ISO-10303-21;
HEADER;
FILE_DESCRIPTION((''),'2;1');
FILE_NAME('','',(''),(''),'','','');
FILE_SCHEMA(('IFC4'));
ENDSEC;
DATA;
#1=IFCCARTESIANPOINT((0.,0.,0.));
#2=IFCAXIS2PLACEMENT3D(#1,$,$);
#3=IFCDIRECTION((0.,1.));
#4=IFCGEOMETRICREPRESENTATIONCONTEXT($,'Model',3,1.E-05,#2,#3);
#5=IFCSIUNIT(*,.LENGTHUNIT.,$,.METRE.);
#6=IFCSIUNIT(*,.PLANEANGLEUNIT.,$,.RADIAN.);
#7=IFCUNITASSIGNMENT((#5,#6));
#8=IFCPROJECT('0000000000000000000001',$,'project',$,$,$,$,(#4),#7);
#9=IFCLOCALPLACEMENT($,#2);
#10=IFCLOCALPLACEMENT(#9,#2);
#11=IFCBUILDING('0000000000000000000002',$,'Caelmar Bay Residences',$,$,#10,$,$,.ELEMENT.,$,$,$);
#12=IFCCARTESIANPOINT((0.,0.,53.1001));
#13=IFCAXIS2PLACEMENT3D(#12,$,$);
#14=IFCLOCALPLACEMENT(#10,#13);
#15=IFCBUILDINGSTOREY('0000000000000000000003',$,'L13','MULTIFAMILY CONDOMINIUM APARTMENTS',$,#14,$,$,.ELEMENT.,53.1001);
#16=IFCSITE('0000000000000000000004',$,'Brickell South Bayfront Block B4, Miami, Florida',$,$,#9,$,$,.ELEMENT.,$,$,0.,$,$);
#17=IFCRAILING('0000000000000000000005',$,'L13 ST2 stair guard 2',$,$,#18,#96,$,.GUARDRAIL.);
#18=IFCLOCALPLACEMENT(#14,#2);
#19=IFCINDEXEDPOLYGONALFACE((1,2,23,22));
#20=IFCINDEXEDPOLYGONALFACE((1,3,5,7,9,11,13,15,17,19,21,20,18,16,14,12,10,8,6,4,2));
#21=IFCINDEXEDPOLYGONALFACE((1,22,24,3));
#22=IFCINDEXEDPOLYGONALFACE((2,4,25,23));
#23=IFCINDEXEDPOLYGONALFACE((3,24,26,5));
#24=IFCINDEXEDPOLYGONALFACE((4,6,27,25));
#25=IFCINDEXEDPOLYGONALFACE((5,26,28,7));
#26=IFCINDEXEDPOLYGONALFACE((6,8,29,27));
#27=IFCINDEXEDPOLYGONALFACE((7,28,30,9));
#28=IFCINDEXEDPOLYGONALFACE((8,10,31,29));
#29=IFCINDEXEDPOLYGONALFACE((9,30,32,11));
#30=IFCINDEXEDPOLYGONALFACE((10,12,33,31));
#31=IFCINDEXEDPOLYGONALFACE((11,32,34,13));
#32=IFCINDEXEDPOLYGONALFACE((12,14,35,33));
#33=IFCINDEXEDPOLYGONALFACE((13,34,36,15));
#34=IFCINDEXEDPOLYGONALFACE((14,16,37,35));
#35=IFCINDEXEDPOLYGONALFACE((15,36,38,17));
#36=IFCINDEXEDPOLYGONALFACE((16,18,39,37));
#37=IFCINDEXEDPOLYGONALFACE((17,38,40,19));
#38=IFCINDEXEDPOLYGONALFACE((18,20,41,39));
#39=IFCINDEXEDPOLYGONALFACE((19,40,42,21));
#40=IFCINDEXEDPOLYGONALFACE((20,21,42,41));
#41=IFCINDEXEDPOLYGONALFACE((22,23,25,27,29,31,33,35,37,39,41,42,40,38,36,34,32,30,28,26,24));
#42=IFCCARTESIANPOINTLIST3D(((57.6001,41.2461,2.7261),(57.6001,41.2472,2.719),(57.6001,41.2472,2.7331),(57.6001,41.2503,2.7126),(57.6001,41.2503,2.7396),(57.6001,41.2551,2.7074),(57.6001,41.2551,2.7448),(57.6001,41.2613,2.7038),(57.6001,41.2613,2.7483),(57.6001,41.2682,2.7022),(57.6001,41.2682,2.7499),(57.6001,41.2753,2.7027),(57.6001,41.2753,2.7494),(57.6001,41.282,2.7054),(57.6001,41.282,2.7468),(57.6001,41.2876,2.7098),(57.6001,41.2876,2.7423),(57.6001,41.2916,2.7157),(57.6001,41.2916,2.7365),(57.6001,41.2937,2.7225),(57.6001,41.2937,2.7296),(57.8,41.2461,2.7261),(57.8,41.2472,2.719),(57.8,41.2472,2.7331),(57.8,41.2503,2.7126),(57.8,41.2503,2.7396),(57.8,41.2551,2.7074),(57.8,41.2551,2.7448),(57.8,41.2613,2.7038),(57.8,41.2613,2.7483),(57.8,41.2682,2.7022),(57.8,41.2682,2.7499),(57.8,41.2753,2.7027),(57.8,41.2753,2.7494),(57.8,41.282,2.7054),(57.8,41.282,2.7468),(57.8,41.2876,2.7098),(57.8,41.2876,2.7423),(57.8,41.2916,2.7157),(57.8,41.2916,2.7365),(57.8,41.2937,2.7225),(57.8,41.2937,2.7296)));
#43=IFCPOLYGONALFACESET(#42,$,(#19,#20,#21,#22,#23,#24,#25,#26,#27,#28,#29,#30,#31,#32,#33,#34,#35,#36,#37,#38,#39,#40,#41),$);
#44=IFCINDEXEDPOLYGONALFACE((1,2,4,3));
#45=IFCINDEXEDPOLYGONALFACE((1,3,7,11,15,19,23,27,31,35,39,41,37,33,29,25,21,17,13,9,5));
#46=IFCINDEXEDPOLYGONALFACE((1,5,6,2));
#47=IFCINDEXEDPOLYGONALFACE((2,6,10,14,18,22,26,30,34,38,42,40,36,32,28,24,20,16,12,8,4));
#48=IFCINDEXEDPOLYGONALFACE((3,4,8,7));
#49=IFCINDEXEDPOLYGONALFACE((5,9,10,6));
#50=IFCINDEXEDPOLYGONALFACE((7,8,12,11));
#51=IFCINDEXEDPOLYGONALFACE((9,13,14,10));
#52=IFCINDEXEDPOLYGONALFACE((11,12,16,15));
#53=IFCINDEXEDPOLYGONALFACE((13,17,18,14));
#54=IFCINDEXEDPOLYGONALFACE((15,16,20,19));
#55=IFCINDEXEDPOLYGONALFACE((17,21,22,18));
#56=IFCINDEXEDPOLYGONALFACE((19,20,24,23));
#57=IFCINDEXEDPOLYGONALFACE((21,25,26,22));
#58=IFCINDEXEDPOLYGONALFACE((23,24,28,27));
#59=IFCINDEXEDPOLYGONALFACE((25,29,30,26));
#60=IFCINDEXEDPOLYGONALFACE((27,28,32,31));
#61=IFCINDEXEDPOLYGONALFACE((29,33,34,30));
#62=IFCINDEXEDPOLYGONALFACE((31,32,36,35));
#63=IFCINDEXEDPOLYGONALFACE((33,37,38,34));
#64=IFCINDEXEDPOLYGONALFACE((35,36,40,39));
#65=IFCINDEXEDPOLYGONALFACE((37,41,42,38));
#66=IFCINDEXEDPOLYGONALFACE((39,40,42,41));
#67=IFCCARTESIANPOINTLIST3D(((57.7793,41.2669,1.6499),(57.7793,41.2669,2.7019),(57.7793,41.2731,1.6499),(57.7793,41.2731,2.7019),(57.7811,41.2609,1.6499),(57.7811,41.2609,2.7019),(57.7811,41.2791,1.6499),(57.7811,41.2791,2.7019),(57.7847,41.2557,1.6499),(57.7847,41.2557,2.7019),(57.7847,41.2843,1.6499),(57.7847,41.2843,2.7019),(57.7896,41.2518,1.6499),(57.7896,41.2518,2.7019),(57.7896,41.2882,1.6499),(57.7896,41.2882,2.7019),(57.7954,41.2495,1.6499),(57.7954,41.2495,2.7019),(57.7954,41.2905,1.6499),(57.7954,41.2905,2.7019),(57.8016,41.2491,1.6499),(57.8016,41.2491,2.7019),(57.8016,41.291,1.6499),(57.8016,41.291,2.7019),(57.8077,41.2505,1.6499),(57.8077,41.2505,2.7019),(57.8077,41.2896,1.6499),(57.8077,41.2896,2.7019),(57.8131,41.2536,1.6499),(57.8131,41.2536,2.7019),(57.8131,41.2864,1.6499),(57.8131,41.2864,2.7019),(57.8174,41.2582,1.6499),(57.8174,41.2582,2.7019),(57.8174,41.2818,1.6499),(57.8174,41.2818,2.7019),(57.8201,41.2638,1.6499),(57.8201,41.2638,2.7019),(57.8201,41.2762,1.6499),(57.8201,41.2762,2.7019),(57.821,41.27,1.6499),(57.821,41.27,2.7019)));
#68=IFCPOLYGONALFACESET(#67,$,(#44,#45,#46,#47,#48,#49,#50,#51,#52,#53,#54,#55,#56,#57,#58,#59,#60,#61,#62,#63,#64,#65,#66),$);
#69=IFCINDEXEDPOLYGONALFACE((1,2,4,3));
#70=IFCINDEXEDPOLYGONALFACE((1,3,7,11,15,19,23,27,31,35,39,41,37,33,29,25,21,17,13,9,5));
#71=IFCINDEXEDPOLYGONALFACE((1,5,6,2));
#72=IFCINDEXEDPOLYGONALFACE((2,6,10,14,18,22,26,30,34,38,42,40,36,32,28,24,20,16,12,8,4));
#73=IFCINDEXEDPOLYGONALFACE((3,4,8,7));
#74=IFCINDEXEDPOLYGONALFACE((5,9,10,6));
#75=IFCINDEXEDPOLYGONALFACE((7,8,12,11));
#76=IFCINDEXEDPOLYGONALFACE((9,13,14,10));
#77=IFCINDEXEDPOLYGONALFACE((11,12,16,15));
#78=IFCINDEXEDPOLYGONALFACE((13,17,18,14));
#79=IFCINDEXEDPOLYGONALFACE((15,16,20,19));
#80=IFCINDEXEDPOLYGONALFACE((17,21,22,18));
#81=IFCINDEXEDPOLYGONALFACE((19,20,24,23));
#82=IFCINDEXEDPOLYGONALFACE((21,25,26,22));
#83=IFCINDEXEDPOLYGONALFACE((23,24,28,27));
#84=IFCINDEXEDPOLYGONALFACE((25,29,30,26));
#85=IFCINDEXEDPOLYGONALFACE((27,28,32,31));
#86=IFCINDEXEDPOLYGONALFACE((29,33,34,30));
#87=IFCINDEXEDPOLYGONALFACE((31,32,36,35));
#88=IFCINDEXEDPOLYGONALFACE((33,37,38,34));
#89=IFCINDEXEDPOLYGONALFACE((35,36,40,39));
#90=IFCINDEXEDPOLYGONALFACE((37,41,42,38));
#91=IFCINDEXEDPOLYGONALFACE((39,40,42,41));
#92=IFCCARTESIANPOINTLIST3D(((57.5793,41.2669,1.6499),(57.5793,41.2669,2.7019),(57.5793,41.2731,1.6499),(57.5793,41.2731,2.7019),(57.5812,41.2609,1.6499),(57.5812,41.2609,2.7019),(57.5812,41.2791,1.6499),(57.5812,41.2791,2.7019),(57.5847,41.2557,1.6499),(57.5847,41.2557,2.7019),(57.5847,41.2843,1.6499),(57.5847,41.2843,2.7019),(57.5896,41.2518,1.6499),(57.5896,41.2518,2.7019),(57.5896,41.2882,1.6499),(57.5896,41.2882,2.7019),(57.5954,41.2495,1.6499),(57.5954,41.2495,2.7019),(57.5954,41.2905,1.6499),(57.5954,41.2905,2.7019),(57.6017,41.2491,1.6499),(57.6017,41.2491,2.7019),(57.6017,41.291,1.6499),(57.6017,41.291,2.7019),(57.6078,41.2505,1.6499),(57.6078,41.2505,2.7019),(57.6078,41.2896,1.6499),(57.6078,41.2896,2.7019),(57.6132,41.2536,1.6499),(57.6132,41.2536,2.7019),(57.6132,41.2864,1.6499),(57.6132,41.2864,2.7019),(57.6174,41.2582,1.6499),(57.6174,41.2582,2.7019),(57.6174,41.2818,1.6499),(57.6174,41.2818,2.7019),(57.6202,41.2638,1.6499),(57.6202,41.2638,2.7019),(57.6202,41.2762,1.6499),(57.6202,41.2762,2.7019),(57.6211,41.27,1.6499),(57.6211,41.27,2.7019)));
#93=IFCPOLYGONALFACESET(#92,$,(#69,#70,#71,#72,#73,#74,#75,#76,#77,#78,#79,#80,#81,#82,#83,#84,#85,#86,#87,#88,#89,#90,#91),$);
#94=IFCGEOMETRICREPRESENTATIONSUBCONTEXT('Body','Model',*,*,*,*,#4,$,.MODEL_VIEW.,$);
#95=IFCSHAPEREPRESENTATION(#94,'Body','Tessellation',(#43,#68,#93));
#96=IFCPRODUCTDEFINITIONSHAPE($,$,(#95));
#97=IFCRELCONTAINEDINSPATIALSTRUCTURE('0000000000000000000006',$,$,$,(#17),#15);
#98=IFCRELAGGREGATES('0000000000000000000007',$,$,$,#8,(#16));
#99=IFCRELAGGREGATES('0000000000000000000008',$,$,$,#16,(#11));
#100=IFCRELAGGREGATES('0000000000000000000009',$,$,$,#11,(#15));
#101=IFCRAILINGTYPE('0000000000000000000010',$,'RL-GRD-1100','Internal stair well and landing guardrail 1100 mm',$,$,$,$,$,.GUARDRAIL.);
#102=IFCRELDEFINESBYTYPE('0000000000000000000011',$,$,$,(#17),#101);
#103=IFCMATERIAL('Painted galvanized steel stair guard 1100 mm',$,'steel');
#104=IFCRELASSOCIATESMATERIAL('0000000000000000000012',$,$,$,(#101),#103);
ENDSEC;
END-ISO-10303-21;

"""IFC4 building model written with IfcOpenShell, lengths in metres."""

from ifc_helpers import new_model, si_unit, direction, frame, origin, origin_2d, place, context, subcontext, project, spatial, circle, extrude, material, type_object, element, save


model = new_model("IFC4")

# Units and contexts
model_context = context("Model", 3, precision=1e-05, world=origin(), true_north=direction((0.0, 1.0)))
body_context = subcontext(model_context, "Body", "Model", "MODEL_VIEW")
ifc_project = project(units=[si_unit("LENGTHUNIT", "METRE"), si_unit("PLANEANGLEUNIT", "RADIAN")], contexts=[model_context])

# Site, building, storey
site_placement = place(None, origin())
site = spatial("IfcSite", under=ifc_project, at=site_placement, Name="Brickell South Bayfront Block B4, Miami, Florida", CompositionType="ELEMENT", RefElevation=0.0)
building_placement = place(site_placement, origin())
building = spatial("IfcBuilding", under=site, at=building_placement, Name="Caelmar Bay Residences", CompositionType="ELEMENT")
storey_placement = place(building_placement, frame((0.0, 0.0, 53.1001)))
storey = spatial("IfcBuildingStorey", under=building, at=storey_placement, Name="L13", Description="MULTIFAMILY CONDOMINIUM APARTMENTS", CompositionType="ELEMENT", Elevation=53.1001)

# Railing
ifc_material_1 = material(Name="Painted galvanized steel stair guard 1100 mm", Category="steel")
railing_type_1 = type_object("IfcRailingType", Name="RL-GRD-1100", Description="Internal stair well and landing guardrail 1100 mm", PredefinedType="GUARDRAIL", material=ifc_material_1)
railing_1_placement = place(storey_placement, frame((57.8, 41.27, 1.6499)))
element("IfcRailing", 1, at=railing_1_placement, inside=storey, type_object=railing_type_1, Name="L13 ST2 stair guard 2", PredefinedType="GUARDRAIL", context=body_context, shape_type="SweptSolid", body=[
    extrude(circle(Radius=0.0239, at=origin_2d()), frame((0.0, 0.0, 1.0762), z_axis=(-1.0, 0.0, 0.0), x_axis=(0.0, -1.0, 0.0)), (0.0, 0.0, 1.0), 0.2),
    extrude(circle(Radius=0.021, at=origin_2d()), origin(), (0.0, 0.0, 1.0), 1.052),
    extrude(circle(Radius=0.021, at=origin_2d()), frame((-0.2, 0.0, 0.0)), (0.0, 0.0, 1.0), 1.052),
])

save(model, "model.ifc")
